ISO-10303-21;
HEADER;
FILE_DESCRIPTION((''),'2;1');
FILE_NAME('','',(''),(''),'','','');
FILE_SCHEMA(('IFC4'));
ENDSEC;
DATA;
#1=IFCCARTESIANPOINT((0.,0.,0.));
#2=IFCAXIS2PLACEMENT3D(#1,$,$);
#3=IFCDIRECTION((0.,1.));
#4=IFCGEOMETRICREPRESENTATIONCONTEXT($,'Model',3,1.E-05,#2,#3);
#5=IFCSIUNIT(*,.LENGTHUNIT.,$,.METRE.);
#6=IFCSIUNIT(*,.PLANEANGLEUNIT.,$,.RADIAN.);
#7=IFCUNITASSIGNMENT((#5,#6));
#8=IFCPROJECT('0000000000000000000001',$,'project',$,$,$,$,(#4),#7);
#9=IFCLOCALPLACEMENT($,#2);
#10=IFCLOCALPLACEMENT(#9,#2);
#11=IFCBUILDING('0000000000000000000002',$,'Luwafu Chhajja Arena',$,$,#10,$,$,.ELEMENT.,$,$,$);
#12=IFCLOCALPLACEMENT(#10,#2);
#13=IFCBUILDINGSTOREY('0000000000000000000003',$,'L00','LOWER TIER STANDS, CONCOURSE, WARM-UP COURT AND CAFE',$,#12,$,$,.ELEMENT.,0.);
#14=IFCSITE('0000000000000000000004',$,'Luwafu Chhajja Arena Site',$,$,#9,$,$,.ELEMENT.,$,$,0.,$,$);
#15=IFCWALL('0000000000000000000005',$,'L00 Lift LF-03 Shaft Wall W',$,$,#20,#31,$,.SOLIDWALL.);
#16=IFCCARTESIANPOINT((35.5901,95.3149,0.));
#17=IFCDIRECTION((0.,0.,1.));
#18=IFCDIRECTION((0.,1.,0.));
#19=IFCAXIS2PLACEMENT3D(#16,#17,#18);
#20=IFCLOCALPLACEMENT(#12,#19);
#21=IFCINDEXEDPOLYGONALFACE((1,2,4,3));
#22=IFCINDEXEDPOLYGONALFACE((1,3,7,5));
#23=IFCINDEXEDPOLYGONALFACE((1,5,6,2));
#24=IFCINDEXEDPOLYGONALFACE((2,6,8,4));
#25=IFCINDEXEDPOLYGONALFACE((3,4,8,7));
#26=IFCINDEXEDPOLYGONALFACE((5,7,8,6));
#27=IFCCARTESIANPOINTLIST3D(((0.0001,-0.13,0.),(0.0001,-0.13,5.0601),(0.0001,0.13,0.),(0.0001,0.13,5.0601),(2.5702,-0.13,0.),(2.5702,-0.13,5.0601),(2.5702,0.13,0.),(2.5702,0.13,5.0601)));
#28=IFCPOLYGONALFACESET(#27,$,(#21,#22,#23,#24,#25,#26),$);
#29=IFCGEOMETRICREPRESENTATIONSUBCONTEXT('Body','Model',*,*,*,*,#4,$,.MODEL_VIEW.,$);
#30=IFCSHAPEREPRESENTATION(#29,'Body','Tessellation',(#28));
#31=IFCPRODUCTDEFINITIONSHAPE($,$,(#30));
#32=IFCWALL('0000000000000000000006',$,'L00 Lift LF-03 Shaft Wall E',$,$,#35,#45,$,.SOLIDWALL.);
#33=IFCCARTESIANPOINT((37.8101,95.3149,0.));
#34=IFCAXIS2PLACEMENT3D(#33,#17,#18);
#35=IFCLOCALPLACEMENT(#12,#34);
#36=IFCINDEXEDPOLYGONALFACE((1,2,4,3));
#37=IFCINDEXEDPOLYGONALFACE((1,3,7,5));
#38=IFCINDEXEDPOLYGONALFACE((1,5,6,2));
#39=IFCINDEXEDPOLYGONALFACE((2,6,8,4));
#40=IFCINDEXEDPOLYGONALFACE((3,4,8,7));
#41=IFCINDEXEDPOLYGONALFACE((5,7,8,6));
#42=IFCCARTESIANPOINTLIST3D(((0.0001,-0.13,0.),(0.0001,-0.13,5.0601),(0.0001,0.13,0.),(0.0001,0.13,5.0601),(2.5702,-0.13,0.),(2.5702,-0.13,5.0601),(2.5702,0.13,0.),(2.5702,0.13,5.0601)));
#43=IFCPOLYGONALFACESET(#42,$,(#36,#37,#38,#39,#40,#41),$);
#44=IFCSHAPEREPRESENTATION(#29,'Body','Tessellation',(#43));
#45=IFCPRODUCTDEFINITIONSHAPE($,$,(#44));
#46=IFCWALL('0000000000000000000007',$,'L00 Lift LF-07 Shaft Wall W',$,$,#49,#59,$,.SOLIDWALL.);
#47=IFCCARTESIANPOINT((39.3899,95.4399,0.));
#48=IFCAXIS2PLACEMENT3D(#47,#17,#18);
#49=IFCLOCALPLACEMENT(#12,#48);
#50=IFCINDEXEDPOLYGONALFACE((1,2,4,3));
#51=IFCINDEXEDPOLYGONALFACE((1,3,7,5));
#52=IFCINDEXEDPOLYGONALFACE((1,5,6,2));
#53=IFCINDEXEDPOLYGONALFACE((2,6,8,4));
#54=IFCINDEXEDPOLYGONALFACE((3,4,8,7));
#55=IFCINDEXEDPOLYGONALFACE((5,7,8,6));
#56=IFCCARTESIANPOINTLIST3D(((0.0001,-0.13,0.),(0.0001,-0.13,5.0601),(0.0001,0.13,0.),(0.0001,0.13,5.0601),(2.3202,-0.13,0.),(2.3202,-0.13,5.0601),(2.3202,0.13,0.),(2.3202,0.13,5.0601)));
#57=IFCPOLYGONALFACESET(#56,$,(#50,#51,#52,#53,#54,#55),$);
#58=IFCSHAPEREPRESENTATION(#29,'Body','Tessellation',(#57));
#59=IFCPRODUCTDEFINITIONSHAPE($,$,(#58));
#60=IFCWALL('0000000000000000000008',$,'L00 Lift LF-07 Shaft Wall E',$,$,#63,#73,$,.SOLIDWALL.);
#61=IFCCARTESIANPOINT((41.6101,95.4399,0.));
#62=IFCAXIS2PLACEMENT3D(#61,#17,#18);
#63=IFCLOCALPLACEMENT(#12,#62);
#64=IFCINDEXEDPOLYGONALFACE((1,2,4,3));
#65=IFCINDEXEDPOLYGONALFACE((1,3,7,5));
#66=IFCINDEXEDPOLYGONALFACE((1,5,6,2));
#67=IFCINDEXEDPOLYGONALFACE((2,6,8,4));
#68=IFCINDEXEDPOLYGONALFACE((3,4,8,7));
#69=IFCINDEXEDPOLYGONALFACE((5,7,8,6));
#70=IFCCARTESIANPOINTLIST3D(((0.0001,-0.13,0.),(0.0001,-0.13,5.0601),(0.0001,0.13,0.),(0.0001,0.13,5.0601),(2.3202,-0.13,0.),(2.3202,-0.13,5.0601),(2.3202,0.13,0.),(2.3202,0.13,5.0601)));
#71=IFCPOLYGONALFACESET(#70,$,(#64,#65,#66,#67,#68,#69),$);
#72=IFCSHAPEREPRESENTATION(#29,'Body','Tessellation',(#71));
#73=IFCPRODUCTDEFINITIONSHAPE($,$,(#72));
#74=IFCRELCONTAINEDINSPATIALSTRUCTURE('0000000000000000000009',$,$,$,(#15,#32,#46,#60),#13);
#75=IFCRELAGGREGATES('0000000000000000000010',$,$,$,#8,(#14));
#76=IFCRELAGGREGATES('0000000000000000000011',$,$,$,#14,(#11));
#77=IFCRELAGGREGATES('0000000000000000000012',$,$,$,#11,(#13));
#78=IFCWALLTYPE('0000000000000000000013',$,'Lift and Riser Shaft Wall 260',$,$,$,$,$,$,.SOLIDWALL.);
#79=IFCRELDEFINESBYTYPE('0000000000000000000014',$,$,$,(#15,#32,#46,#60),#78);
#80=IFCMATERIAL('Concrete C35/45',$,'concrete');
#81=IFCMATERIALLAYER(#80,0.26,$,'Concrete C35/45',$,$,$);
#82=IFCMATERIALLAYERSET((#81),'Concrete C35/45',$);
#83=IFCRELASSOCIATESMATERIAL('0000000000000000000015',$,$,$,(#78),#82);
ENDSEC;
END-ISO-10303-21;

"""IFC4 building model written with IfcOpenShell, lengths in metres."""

from ifc_helpers import new_model, si_unit, direction, frame, frame_2d, origin, place, context, subcontext, project, spatial, rectangle, extrude, material, layer, layer_set, type_object, element, save


model = new_model("IFC4")

# Units and contexts
model_context = context("Model", 3, precision=1e-05, world=origin(), true_north=direction((0.0, 1.0)))
body_context = subcontext(model_context, "Body", "Model", "MODEL_VIEW")
ifc_project = project(units=[si_unit("LENGTHUNIT", "METRE"), si_unit("PLANEANGLEUNIT", "RADIAN")], contexts=[model_context])

# Site, building, storey
site_placement = place(None, origin())
site = spatial("IfcSite", under=ifc_project, at=site_placement, Name="Luwafu Chhajja Arena Site", CompositionType="ELEMENT", RefElevation=0.0)
building_placement = place(site_placement, origin())
building = spatial("IfcBuilding", under=site, at=building_placement, Name="Luwafu Chhajja Arena", CompositionType="ELEMENT")
storey_placement = place(building_placement, origin())
storey = spatial("IfcBuildingStorey", under=building, at=storey_placement, Name="L00", Description="LOWER TIER STANDS, CONCOURSE, WARM-UP COURT AND CAFE", CompositionType="ELEMENT", Elevation=0.0)

# Shared definitions
ifc_material_1 = material(Name="Concrete C35/45", Category="concrete")

# Shared definitions
ifc_layer_1 = layer(ifc_material_1, 0.26, Name="Concrete C35/45")
ifc_layer_set_1 = layer_set([ifc_layer_1], Name="Concrete C35/45")
wall_type_1 = type_object("IfcWallType", Name="Lift and Riser Shaft Wall 260", PredefinedType="SOLIDWALL", material=ifc_layer_set_1)

# Walls
for number, where, z_axis, x_axis, name in (
    (1, (35.5901, 95.3149, 0.0), (0.0, 0.0, 1.0), (0.0, 1.0, 0.0), "L00 Lift LF-03 Shaft Wall W"),
    (2, (37.8101, 95.3149, 0.0), (0.0, 0.0, 1.0), (0.0, 1.0, 0.0), "L00 Lift LF-03 Shaft Wall E"),
):
    element("IfcWall", number, at=place(storey_placement, frame(where, z_axis=z_axis, x_axis=x_axis)), inside=storey, type_object=wall_type_1, Name=name, PredefinedType="SOLIDWALL", context=body_context, shape_type="SweptSolid", body=[
        extrude(rectangle(XDim=2.5701, YDim=0.26, at=frame_2d((1.2852, 0.0))), origin(), (0.0, 0.0, 1.0), 5.0601),
    ])

# Walls
for number, where, z_axis, x_axis, name in (
    (3, (39.3899, 95.4399, 0.0), (0.0, 0.0, 1.0), (0.0, 1.0, 0.0), "L00 Lift LF-07 Shaft Wall W"),
    (4, (41.6101, 95.4399, 0.0), (0.0, 0.0, 1.0), (0.0, 1.0, 0.0), "L00 Lift LF-07 Shaft Wall E"),
):
    element("IfcWall", number, at=place(storey_placement, frame(where, z_axis=z_axis, x_axis=x_axis)), inside=storey, type_object=wall_type_1, Name=name, PredefinedType="SOLIDWALL", context=body_context, shape_type="SweptSolid", body=[
        extrude(rectangle(XDim=2.3201, YDim=0.26, at=frame_2d((1.1602, 0.0))), origin(), (0.0, 0.0, 1.0), 5.0601),
    ])

save(model, "model.ifc")
